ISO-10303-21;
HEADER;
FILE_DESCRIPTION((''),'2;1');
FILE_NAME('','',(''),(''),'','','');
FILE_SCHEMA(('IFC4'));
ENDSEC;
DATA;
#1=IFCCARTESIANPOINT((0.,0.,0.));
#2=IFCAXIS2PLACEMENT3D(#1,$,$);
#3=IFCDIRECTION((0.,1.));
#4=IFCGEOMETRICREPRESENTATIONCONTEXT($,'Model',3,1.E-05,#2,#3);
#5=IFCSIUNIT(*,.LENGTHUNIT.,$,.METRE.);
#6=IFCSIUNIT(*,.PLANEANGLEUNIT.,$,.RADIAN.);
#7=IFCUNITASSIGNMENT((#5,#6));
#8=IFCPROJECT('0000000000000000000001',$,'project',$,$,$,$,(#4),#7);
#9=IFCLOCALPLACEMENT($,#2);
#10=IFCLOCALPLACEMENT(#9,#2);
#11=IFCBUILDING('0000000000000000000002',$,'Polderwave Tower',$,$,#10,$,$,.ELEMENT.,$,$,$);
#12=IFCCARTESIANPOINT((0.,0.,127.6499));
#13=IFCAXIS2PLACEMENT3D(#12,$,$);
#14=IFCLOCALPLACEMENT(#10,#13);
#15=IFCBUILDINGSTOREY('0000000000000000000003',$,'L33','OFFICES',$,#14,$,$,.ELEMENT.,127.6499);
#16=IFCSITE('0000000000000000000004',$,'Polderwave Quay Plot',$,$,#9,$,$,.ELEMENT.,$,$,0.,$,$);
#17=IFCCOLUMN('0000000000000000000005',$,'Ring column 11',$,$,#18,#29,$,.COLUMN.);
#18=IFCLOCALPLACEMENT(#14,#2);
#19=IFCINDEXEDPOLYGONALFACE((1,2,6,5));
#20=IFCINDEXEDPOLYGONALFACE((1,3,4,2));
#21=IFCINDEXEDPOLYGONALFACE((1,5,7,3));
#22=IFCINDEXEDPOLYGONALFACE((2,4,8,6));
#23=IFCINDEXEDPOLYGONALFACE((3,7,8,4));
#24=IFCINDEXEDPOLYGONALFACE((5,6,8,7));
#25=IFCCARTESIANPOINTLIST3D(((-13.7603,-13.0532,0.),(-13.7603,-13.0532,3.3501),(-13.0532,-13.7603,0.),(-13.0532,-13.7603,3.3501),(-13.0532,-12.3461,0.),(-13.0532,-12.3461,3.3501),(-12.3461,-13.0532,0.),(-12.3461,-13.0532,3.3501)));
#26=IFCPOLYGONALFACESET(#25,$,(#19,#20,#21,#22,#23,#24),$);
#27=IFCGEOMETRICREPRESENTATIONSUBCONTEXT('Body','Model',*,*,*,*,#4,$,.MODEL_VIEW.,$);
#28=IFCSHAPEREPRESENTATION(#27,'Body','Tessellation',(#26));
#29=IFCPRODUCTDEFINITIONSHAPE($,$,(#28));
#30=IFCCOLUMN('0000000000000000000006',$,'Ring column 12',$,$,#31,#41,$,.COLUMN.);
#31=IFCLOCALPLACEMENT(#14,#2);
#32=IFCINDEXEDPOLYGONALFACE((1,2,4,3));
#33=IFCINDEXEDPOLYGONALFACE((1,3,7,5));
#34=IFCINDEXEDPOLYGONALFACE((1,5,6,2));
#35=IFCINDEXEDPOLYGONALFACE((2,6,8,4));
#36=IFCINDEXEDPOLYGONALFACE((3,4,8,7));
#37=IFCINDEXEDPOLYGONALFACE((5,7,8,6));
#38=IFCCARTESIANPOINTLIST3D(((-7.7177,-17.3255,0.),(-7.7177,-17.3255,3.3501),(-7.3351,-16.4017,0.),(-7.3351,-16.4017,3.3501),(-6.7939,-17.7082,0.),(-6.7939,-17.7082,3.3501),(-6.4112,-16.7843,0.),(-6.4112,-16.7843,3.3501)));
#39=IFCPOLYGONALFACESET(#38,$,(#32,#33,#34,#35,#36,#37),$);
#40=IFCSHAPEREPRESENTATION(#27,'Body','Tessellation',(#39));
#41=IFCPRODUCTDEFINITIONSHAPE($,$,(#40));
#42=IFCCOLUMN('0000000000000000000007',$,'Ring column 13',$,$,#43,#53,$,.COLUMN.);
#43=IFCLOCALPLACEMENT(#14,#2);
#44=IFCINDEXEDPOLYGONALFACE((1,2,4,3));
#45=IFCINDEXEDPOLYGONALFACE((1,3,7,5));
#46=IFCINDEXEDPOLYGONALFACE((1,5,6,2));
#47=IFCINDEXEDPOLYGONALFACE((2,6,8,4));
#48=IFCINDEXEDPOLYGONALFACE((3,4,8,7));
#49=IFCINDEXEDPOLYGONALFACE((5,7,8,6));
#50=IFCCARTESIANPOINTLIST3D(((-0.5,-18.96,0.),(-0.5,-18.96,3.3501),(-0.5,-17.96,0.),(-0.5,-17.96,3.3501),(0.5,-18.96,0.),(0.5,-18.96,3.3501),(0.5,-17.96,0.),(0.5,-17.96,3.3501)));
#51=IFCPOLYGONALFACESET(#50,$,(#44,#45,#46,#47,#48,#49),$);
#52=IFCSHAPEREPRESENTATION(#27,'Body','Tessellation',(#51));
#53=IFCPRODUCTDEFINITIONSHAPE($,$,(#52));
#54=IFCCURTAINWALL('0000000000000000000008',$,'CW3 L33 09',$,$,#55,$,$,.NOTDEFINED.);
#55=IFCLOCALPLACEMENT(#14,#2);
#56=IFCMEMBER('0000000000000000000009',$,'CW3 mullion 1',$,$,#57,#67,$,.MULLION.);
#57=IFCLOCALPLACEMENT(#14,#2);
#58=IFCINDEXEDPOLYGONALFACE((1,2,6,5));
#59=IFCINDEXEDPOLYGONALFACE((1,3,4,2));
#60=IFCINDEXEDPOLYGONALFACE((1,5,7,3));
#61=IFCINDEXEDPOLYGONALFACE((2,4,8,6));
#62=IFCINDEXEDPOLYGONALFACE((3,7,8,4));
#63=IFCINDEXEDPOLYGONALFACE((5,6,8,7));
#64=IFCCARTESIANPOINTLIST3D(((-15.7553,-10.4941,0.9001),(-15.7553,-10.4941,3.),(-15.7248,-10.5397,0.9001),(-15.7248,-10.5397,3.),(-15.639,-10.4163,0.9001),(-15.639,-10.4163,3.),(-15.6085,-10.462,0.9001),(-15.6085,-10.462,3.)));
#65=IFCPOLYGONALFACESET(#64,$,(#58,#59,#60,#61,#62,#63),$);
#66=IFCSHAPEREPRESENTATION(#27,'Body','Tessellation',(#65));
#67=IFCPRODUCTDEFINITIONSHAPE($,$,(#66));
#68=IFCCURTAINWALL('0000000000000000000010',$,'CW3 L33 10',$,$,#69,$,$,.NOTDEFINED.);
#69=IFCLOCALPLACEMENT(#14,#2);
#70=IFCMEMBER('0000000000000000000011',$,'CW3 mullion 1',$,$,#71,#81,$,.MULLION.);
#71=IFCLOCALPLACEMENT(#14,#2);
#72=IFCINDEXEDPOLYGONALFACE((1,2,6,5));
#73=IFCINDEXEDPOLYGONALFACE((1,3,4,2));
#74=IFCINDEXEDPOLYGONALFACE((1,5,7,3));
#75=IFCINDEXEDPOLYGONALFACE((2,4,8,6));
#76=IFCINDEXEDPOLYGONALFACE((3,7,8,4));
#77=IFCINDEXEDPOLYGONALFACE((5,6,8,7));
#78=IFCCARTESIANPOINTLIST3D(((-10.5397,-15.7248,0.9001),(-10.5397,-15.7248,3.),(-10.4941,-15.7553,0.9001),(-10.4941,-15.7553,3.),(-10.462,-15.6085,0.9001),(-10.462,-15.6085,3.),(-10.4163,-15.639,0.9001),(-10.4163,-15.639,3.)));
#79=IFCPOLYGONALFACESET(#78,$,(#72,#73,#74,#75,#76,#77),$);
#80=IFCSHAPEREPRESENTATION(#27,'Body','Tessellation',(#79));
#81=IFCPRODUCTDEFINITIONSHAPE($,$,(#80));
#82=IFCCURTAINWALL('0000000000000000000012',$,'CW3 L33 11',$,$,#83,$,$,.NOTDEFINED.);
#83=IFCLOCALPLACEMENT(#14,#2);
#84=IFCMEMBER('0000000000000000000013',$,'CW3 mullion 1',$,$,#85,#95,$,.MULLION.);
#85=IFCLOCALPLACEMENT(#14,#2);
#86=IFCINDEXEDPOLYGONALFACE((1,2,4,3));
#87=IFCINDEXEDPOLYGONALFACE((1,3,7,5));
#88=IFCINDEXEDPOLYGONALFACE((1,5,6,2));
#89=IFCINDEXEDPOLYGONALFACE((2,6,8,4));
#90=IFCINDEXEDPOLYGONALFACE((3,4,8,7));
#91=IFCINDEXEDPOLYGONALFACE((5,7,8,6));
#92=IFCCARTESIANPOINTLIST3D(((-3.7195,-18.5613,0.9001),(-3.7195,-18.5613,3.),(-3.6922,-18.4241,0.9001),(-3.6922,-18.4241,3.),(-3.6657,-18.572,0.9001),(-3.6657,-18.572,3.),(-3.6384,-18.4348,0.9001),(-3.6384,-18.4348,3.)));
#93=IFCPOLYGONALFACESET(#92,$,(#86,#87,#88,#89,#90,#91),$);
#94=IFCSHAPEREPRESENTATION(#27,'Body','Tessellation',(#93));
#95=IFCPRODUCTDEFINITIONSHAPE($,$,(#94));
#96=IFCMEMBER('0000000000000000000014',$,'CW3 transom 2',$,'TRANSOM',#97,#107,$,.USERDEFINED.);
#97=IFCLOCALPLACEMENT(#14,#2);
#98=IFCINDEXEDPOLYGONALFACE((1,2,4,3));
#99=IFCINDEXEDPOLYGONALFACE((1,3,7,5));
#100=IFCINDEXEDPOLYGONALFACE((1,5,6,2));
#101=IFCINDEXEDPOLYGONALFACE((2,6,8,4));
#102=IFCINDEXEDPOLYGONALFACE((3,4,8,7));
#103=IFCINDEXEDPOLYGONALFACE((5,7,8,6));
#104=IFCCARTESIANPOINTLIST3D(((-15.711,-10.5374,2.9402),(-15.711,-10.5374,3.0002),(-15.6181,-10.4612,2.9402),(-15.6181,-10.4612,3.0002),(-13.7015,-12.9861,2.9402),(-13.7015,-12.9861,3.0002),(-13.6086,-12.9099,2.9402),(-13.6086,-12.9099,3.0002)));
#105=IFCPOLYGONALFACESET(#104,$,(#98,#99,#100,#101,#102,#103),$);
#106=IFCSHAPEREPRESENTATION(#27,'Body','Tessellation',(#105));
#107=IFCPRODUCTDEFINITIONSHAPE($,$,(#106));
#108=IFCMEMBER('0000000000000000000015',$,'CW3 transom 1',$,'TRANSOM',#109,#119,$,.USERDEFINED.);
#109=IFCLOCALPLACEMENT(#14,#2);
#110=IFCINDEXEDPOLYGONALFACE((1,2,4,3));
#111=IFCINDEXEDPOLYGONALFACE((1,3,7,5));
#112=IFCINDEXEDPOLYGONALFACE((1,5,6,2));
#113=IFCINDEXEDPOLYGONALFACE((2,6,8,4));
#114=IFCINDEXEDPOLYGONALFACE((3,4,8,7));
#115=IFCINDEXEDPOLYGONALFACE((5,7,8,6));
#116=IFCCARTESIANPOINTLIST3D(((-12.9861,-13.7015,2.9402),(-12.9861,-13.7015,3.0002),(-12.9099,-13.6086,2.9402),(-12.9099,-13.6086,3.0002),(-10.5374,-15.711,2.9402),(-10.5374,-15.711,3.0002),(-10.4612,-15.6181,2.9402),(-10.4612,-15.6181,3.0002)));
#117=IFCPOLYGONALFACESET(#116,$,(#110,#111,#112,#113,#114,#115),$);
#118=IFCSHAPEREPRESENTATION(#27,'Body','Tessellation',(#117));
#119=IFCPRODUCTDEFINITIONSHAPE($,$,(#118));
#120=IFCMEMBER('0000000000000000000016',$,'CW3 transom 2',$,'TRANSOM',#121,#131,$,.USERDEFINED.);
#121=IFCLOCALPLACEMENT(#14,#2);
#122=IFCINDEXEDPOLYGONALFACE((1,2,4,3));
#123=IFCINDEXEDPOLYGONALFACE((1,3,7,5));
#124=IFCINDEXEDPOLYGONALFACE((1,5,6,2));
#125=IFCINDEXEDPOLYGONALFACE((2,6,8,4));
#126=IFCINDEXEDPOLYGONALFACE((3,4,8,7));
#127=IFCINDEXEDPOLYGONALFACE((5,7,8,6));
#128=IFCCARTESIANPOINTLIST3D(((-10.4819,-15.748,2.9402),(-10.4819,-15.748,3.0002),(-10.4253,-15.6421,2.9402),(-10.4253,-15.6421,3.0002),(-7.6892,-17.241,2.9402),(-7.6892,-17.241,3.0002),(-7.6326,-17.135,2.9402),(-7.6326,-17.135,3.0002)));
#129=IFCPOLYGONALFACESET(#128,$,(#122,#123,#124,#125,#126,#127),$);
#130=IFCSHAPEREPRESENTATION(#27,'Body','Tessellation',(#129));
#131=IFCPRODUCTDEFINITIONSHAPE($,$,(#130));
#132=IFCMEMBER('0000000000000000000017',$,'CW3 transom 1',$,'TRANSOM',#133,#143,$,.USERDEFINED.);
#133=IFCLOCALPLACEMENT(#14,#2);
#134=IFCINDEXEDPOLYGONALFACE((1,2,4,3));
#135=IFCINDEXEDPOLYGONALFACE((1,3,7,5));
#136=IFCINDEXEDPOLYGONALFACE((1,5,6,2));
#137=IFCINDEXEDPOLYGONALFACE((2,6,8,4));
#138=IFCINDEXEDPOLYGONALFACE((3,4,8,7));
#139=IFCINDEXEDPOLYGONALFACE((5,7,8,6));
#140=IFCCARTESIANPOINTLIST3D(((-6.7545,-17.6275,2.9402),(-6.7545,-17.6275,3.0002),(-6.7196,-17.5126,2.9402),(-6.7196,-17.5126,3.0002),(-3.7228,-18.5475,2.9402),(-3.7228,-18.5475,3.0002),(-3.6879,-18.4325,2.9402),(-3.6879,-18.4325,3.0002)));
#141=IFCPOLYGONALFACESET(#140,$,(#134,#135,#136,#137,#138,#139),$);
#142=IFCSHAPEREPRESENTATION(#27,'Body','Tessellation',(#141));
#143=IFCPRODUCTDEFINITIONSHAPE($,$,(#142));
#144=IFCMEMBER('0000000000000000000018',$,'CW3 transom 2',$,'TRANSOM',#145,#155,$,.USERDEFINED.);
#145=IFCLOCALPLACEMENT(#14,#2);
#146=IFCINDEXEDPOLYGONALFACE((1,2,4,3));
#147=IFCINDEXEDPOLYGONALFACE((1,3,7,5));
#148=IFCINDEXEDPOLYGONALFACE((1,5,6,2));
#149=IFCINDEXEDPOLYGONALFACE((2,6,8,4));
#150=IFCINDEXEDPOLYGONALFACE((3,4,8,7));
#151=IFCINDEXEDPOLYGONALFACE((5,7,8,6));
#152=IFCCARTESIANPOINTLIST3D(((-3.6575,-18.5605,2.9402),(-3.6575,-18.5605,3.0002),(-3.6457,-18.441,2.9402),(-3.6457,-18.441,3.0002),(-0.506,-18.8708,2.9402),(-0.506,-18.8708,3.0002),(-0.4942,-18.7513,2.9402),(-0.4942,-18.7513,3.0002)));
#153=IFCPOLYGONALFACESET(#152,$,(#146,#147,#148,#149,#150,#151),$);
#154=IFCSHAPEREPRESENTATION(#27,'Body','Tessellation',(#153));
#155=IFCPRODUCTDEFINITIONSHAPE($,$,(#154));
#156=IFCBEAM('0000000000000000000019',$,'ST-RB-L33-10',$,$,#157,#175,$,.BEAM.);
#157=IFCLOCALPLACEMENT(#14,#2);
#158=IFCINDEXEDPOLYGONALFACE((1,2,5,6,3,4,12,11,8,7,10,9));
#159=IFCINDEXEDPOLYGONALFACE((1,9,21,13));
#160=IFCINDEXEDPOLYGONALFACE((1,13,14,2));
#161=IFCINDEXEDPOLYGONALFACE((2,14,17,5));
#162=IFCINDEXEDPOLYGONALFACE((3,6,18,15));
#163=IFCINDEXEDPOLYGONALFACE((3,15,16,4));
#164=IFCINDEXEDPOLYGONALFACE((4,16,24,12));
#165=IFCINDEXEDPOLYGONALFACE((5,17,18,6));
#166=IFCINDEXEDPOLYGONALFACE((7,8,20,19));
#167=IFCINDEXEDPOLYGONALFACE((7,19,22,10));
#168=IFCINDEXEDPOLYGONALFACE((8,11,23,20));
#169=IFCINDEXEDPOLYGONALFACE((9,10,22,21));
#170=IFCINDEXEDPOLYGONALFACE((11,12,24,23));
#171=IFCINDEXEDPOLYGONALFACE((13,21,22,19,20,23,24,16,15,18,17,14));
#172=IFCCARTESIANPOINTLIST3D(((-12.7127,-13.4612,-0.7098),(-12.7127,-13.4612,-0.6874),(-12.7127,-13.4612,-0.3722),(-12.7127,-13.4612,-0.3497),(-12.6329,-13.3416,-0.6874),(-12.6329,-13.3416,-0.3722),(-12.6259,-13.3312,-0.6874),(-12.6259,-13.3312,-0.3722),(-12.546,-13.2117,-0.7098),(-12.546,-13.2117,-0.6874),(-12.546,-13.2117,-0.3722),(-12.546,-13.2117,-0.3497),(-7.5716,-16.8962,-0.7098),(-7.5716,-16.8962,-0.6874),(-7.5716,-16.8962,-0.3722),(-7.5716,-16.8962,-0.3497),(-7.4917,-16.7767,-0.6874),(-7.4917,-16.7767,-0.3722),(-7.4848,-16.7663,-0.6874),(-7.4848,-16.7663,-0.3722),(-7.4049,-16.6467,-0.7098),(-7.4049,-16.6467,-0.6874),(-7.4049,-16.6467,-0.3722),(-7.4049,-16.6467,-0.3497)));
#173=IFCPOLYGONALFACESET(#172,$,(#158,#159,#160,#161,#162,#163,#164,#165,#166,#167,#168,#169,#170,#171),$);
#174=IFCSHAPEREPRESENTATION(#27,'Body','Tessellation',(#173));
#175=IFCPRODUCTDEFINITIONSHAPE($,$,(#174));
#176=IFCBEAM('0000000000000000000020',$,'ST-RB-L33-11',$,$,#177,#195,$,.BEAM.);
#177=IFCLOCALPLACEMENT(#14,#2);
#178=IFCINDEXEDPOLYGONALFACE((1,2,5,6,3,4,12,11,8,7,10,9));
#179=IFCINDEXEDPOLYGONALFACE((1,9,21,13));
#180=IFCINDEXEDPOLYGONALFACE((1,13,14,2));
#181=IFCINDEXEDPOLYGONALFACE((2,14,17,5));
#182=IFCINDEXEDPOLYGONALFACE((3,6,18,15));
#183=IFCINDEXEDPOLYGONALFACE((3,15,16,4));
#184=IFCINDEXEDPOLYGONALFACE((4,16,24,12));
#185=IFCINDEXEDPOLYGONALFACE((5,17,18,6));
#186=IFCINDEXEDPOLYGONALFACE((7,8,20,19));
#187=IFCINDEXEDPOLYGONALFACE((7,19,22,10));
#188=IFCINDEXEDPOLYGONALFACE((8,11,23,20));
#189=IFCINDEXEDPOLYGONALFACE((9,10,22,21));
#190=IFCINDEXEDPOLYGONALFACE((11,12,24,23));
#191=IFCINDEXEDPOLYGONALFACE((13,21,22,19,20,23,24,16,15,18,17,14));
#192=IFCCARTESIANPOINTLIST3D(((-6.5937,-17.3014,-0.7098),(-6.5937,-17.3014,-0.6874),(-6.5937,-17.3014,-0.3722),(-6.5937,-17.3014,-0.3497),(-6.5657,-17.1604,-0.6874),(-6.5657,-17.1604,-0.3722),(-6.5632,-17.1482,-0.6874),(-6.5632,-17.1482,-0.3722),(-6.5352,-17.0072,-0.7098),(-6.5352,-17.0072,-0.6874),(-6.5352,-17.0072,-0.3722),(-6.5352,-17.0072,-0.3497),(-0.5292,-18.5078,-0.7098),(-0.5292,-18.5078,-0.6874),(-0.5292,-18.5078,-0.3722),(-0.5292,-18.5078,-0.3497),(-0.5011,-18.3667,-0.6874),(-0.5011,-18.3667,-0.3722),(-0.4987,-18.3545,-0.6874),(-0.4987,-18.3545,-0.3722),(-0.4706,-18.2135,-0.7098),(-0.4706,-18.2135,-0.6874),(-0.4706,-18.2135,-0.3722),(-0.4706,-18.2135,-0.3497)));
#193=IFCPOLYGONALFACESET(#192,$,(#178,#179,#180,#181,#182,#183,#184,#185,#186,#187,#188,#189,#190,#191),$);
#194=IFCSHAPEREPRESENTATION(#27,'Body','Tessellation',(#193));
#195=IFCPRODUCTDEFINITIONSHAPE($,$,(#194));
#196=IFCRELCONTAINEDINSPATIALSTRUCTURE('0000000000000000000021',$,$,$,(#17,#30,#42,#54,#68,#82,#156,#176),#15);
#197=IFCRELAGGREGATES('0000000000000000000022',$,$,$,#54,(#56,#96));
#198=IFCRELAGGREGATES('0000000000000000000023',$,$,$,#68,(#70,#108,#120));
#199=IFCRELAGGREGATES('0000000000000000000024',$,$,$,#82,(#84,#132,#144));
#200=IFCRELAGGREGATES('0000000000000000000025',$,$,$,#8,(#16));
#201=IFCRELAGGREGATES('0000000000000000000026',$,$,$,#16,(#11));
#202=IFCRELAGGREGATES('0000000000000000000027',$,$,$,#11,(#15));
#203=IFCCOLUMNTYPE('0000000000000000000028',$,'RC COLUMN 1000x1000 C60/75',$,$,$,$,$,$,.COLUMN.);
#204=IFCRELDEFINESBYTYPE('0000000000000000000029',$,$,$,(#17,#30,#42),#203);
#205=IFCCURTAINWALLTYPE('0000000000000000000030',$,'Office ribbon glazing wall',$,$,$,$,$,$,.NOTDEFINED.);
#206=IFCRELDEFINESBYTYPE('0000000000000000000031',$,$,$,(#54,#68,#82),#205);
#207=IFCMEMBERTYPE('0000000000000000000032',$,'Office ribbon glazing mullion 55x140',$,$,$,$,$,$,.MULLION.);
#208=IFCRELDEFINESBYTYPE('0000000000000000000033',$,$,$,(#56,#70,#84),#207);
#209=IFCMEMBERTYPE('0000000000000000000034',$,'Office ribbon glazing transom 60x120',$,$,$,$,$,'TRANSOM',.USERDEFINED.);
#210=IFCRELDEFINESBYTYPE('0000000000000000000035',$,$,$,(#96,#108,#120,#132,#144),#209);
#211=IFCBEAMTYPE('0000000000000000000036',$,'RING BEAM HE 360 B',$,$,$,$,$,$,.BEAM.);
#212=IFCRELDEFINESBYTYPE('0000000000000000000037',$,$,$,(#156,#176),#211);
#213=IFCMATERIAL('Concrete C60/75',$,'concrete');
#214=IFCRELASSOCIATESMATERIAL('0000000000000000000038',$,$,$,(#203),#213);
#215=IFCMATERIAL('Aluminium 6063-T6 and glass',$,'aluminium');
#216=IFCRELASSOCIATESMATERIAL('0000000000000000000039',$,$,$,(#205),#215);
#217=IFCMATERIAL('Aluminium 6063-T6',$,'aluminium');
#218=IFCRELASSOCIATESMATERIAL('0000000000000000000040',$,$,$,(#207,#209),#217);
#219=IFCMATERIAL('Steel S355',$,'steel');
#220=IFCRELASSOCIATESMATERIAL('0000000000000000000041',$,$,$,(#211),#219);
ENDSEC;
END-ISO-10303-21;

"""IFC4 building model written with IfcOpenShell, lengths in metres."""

from ifc_helpers import new_model, si_unit, direction, frame, origin, origin_2d, place, context, subcontext, project, spatial, rectangle, i_section, extrude, material, material_profile, profile_set, type_object, element, aggregate, save


model = new_model("IFC4")

# Units and contexts
model_context = context("Model", 3, precision=1e-05, world=origin(), true_north=direction((0.0, 1.0)))
body_context = subcontext(model_context, "Body", "Model", "MODEL_VIEW")
ifc_project = project(units=[si_unit("LENGTHUNIT", "METRE"), si_unit("PLANEANGLEUNIT", "RADIAN")], contexts=[model_context])

# Site, building, storey
site_placement = place(None, origin())
site = spatial("IfcSite", under=ifc_project, at=site_placement, Name="Polderwave Quay Plot", CompositionType="ELEMENT", RefElevation=0.0)
building_placement = place(site_placement, origin())
building = spatial("IfcBuilding", under=site, at=building_placement, Name="Polderwave Tower", CompositionType="ELEMENT")
storey_placement = place(building_placement, frame((0.0, 0.0, 127.6499)))
storey = spatial("IfcBuildingStorey", under=building, at=storey_placement, Name="L33", Description="OFFICES", CompositionType="ELEMENT", Elevation=127.6499)

# Columns
ifc_material_1 = material(Name="Concrete C60/75", Category="concrete")
ifc_material_profile_1 = material_profile(ifc_material_1, rectangle(XDim=1.0, YDim=1.0, at=origin_2d()), Name="RC 1000x1000")
ifc_profile_set_1 = profile_set([ifc_material_profile_1], Name="Concrete C60/75")
column_type = type_object("IfcColumnType", Name="RC COLUMN 1000x1000 C60/75", PredefinedType="COLUMN", material=ifc_profile_set_1)
for number, where, z_axis, x_axis, name in (
    (1, (-13.0532, -13.0532, 0.0), (0.0, 0.0, 1.0), (-0.707107, -0.707107, 0.0), "Ring column 11"),
    (2, (-7.0645, -17.0549, 0.0), (0.0, 0.0, 1.0), (-0.382683, -0.92388, 0.0), "Ring column 12"),
    (3, (0.0, -18.46, 0.0), (0.0, 0.0, 1.0), (0.0, -1.0, 0.0), "Ring column 13"),
):
    element("IfcColumn", number, at=place(storey_placement, frame(where, z_axis=z_axis, x_axis=x_axis)), inside=storey, type_object=column_type, Name=name, PredefinedType="COLUMN", context=body_context, shape_type="SweptSolid", body=[
        extrude(rectangle(XDim=1.0, YDim=1.0, at=origin_2d()), origin(), (0.0, 0.0, 1.0), 3.3501),
    ])

# Curtain walls, members
ifc_material_2 = material(Name="Aluminium 6063-T6 and glass", Category="aluminium")
curtain_wall_type = type_object("IfcCurtainWallType", Name="Office ribbon glazing wall", PredefinedType="NOTDEFINED", material=ifc_material_2)
curtain_wall_1_placement = place(storey_placement, origin())
curtain_wall_1 = element("IfcCurtainWall", 4, at=curtain_wall_1_placement, inside=storey, type_object=curtain_wall_type, Name="CW3 L33 09", PredefinedType="NOTDEFINED")
ifc_material_3 = material(Name="Aluminium 6063-T6", Category="aluminium")
ifc_material_profile_2 = material_profile(ifc_material_3, rectangle(XDim=0.1399, YDim=0.0549, at=origin_2d()), Name="AL 55x140")
ifc_profile_set_2 = profile_set([ifc_material_profile_2], Name="Aluminium 6063-T6")
member_type_1 = type_object("IfcMemberType", Name="Office ribbon glazing mullion 55x140", PredefinedType="MULLION", material=ifc_profile_set_2)
member_1_placement = place(storey_placement, frame((-15.6819, -10.478, 0.9001), z_axis=(0.0, 0.0, 1.0), x_axis=(0.831453, 0.555595, 0.0)))
member_1 = element("IfcMember", 5, at=member_1_placement, type_object=member_type_1, Name="CW3 mullion 1", PredefinedType="MULLION", context=body_context, shape_type="SweptSolid", body=[
    extrude(rectangle(XDim=0.1399, YDim=0.0549, at=origin_2d()), origin(), (0.0, 0.0, 1.0), 2.0999),
])
curtain_wall_2_placement = place(storey_placement, origin())
curtain_wall_2 = element("IfcCurtainWall", 6, at=curtain_wall_2_placement, inside=storey, type_object=curtain_wall_type, Name="CW3 L33 10", PredefinedType="NOTDEFINED")
member_2_placement = place(storey_placement, frame((-10.478, -15.6819, 0.9001), z_axis=(0.0, 0.0, 1.0), x_axis=(0.555595, 0.831453, 0.0)))
member_2 = element("IfcMember", 7, at=member_2_placement, type_object=member_type_1, Name="CW3 mullion 1", PredefinedType="MULLION", context=body_context, shape_type="SweptSolid", body=[
    extrude(rectangle(XDim=0.1399, YDim=0.0549, at=origin_2d()), origin(), (0.0, 0.0, 1.0), 2.0999),
])
curtain_wall_3_placement = place(storey_placement, origin())
curtain_wall_3 = element("IfcCurtainWall", 8, at=curtain_wall_3_placement, inside=storey, type_object=curtain_wall_type, Name="CW3 L33 11", PredefinedType="NOTDEFINED")
member_3_placement = place(storey_placement, frame((-3.679, -18.498, 0.9001), z_axis=(0.0, 0.0, 1.0), x_axis=(0.195128, 0.980778, 0.0)))
member_3 = element("IfcMember", 9, at=member_3_placement, type_object=member_type_1, Name="CW3 mullion 1", PredefinedType="MULLION", context=body_context, shape_type="SweptSolid", body=[
    extrude(rectangle(XDim=0.1399, YDim=0.0549, at=origin_2d()), origin(), (0.0, 0.0, 1.0), 2.0999),
])

# Members
ifc_material_profile_3 = material_profile(ifc_material_3, rectangle(XDim=0.1201, YDim=0.0601, at=origin_2d()), Name="AL 60x120")
ifc_profile_set_3 = profile_set([ifc_material_profile_3], Name="Aluminium 6063-T6")
member_type_2 = type_object("IfcMemberType", Name="Office ribbon glazing transom 60x120", ElementType="TRANSOM", PredefinedType="USERDEFINED", material=ifc_profile_set_3)
member_4_placement = place(storey_placement, frame((-15.6646, -10.4993, 2.9702), z_axis=(0.634374, -0.773026, 0.0), x_axis=(0.773026, 0.634374, 0.0)))
member_4 = element("IfcMember", 10, at=member_4_placement, type_object=member_type_2, Name="CW3 transom 2", ObjectType="TRANSOM", PredefinedType="USERDEFINED", context=body_context, shape_type="SweptSolid", body=[
    extrude(rectangle(XDim=0.1201, YDim=0.0601, at=origin_2d()), origin(), (0.0, 0.0, 1.0), 3.1677),
])
member_5_placement = place(storey_placement, frame((-12.948, -13.655, 2.9702), z_axis=(0.773026, -0.634374, 0.0), x_axis=(0.634374, 0.773026, 0.0)))
member_5 = element("IfcMember", 11, at=member_5_placement, type_object=member_type_2, Name="CW3 transom 1", ObjectType="TRANSOM", PredefinedType="USERDEFINED", context=body_context, shape_type="SweptSolid", body=[
    extrude(rectangle(XDim=0.1201, YDim=0.0601, at=origin_2d()), origin(), (0.0, 0.0, 1.0), 3.1677),
])
member_6_placement = place(storey_placement, frame((-10.4536, -15.6951, 2.9702), z_axis=(0.881898, -0.47144, 0.0), x_axis=(0.47144, 0.881898, 0.0)))
member_6 = element("IfcMember", 12, at=member_6_placement, type_object=member_type_2, Name="CW3 transom 2", ObjectType="TRANSOM", PredefinedType="USERDEFINED", context=body_context, shape_type="SweptSolid", body=[
    extrude(rectangle(XDim=0.1201, YDim=0.0601, at=origin_2d()), origin(), (0.0, 0.0, 1.0), 3.1667),
])
member_7_placement = place(storey_placement, frame((-6.7371, -17.5701, 2.9702), z_axis=(0.956918, -0.290358, 0.0), x_axis=(0.290358, 0.956918, 0.0)))
member_7 = element("IfcMember", 13, at=member_7_placement, type_object=member_type_2, Name="CW3 transom 1", ObjectType="TRANSOM", PredefinedType="USERDEFINED", context=body_context, shape_type="SweptSolid", body=[
    extrude(rectangle(XDim=0.1201, YDim=0.0601, at=origin_2d()), origin(), (0.0, 0.0, 1.0), 3.1682),
])
member_8_placement = place(storey_placement, frame((-3.6516, -18.5007, 2.9702), z_axis=(0.995188, -0.097985, 0.0), x_axis=(0.097985, 0.995188, 0.0)))
member_8 = element("IfcMember", 14, at=member_8_placement, type_object=member_type_2, Name="CW3 transom 2", ObjectType="TRANSOM", PredefinedType="USERDEFINED", context=body_context, shape_type="SweptSolid", body=[
    extrude(rectangle(XDim=0.1201, YDim=0.0601, at=origin_2d()), origin(), (0.0, 0.0, 1.0), 3.1667),
])

# Beams
ifc_material_4 = material(Name="Steel S355", Category="steel")
ifc_material_profile_4 = material_profile(ifc_material_4, i_section(OverallWidth=0.3, OverallDepth=0.3601, WebThickness=0.0125, FlangeThickness=0.0225, at=origin_2d()), Name="HE 360 B")
ifc_profile_set_4 = profile_set([ifc_material_profile_4], Name="Steel S355")
beam_type = type_object("IfcBeamType", Name="RING BEAM HE 360 B", PredefinedType="BEAM", material=ifc_profile_set_4)
beam_1_placement = place(storey_placement, frame((-12.6294, -13.3364, -0.5298), z_axis=(0.831479, -0.555556, 0.0), x_axis=(0.555556, 0.831479, 0.0)))
element("IfcBeam", 15, at=beam_1_placement, inside=storey, type_object=beam_type, Name="ST-RB-L33-10", PredefinedType="BEAM", context=body_context, shape_type="SweptSolid", body=[
    extrude(i_section(OverallWidth=0.3, OverallDepth=0.3601, WebThickness=0.0125, FlangeThickness=0.0225, at=origin_2d()), origin(), (0.0, 0.0, 1.0), 6.1831),
])
beam_2_placement = place(storey_placement, frame((-6.5645, -17.1543, -0.5298), z_axis=(0.980785, -0.195091, 0.0), x_axis=(0.195091, 0.980785, 0.0)))
element("IfcBeam", 16, at=beam_2_placement, inside=storey, type_object=beam_type, Name="ST-RB-L33-11", PredefinedType="BEAM", context=body_context, shape_type="SweptSolid", body=[
    extrude(i_section(OverallWidth=0.3, OverallDepth=0.3601, WebThickness=0.0125, FlangeThickness=0.0225, at=origin_2d()), origin(), (0.0, 0.0, 1.0), 6.1833),
])

aggregate(curtain_wall_1, [member_1, member_4])
aggregate(curtain_wall_2, [member_2, member_5, member_6])
aggregate(curtain_wall_3, [member_3, member_7, member_8])

save(model, "model.ifc")
